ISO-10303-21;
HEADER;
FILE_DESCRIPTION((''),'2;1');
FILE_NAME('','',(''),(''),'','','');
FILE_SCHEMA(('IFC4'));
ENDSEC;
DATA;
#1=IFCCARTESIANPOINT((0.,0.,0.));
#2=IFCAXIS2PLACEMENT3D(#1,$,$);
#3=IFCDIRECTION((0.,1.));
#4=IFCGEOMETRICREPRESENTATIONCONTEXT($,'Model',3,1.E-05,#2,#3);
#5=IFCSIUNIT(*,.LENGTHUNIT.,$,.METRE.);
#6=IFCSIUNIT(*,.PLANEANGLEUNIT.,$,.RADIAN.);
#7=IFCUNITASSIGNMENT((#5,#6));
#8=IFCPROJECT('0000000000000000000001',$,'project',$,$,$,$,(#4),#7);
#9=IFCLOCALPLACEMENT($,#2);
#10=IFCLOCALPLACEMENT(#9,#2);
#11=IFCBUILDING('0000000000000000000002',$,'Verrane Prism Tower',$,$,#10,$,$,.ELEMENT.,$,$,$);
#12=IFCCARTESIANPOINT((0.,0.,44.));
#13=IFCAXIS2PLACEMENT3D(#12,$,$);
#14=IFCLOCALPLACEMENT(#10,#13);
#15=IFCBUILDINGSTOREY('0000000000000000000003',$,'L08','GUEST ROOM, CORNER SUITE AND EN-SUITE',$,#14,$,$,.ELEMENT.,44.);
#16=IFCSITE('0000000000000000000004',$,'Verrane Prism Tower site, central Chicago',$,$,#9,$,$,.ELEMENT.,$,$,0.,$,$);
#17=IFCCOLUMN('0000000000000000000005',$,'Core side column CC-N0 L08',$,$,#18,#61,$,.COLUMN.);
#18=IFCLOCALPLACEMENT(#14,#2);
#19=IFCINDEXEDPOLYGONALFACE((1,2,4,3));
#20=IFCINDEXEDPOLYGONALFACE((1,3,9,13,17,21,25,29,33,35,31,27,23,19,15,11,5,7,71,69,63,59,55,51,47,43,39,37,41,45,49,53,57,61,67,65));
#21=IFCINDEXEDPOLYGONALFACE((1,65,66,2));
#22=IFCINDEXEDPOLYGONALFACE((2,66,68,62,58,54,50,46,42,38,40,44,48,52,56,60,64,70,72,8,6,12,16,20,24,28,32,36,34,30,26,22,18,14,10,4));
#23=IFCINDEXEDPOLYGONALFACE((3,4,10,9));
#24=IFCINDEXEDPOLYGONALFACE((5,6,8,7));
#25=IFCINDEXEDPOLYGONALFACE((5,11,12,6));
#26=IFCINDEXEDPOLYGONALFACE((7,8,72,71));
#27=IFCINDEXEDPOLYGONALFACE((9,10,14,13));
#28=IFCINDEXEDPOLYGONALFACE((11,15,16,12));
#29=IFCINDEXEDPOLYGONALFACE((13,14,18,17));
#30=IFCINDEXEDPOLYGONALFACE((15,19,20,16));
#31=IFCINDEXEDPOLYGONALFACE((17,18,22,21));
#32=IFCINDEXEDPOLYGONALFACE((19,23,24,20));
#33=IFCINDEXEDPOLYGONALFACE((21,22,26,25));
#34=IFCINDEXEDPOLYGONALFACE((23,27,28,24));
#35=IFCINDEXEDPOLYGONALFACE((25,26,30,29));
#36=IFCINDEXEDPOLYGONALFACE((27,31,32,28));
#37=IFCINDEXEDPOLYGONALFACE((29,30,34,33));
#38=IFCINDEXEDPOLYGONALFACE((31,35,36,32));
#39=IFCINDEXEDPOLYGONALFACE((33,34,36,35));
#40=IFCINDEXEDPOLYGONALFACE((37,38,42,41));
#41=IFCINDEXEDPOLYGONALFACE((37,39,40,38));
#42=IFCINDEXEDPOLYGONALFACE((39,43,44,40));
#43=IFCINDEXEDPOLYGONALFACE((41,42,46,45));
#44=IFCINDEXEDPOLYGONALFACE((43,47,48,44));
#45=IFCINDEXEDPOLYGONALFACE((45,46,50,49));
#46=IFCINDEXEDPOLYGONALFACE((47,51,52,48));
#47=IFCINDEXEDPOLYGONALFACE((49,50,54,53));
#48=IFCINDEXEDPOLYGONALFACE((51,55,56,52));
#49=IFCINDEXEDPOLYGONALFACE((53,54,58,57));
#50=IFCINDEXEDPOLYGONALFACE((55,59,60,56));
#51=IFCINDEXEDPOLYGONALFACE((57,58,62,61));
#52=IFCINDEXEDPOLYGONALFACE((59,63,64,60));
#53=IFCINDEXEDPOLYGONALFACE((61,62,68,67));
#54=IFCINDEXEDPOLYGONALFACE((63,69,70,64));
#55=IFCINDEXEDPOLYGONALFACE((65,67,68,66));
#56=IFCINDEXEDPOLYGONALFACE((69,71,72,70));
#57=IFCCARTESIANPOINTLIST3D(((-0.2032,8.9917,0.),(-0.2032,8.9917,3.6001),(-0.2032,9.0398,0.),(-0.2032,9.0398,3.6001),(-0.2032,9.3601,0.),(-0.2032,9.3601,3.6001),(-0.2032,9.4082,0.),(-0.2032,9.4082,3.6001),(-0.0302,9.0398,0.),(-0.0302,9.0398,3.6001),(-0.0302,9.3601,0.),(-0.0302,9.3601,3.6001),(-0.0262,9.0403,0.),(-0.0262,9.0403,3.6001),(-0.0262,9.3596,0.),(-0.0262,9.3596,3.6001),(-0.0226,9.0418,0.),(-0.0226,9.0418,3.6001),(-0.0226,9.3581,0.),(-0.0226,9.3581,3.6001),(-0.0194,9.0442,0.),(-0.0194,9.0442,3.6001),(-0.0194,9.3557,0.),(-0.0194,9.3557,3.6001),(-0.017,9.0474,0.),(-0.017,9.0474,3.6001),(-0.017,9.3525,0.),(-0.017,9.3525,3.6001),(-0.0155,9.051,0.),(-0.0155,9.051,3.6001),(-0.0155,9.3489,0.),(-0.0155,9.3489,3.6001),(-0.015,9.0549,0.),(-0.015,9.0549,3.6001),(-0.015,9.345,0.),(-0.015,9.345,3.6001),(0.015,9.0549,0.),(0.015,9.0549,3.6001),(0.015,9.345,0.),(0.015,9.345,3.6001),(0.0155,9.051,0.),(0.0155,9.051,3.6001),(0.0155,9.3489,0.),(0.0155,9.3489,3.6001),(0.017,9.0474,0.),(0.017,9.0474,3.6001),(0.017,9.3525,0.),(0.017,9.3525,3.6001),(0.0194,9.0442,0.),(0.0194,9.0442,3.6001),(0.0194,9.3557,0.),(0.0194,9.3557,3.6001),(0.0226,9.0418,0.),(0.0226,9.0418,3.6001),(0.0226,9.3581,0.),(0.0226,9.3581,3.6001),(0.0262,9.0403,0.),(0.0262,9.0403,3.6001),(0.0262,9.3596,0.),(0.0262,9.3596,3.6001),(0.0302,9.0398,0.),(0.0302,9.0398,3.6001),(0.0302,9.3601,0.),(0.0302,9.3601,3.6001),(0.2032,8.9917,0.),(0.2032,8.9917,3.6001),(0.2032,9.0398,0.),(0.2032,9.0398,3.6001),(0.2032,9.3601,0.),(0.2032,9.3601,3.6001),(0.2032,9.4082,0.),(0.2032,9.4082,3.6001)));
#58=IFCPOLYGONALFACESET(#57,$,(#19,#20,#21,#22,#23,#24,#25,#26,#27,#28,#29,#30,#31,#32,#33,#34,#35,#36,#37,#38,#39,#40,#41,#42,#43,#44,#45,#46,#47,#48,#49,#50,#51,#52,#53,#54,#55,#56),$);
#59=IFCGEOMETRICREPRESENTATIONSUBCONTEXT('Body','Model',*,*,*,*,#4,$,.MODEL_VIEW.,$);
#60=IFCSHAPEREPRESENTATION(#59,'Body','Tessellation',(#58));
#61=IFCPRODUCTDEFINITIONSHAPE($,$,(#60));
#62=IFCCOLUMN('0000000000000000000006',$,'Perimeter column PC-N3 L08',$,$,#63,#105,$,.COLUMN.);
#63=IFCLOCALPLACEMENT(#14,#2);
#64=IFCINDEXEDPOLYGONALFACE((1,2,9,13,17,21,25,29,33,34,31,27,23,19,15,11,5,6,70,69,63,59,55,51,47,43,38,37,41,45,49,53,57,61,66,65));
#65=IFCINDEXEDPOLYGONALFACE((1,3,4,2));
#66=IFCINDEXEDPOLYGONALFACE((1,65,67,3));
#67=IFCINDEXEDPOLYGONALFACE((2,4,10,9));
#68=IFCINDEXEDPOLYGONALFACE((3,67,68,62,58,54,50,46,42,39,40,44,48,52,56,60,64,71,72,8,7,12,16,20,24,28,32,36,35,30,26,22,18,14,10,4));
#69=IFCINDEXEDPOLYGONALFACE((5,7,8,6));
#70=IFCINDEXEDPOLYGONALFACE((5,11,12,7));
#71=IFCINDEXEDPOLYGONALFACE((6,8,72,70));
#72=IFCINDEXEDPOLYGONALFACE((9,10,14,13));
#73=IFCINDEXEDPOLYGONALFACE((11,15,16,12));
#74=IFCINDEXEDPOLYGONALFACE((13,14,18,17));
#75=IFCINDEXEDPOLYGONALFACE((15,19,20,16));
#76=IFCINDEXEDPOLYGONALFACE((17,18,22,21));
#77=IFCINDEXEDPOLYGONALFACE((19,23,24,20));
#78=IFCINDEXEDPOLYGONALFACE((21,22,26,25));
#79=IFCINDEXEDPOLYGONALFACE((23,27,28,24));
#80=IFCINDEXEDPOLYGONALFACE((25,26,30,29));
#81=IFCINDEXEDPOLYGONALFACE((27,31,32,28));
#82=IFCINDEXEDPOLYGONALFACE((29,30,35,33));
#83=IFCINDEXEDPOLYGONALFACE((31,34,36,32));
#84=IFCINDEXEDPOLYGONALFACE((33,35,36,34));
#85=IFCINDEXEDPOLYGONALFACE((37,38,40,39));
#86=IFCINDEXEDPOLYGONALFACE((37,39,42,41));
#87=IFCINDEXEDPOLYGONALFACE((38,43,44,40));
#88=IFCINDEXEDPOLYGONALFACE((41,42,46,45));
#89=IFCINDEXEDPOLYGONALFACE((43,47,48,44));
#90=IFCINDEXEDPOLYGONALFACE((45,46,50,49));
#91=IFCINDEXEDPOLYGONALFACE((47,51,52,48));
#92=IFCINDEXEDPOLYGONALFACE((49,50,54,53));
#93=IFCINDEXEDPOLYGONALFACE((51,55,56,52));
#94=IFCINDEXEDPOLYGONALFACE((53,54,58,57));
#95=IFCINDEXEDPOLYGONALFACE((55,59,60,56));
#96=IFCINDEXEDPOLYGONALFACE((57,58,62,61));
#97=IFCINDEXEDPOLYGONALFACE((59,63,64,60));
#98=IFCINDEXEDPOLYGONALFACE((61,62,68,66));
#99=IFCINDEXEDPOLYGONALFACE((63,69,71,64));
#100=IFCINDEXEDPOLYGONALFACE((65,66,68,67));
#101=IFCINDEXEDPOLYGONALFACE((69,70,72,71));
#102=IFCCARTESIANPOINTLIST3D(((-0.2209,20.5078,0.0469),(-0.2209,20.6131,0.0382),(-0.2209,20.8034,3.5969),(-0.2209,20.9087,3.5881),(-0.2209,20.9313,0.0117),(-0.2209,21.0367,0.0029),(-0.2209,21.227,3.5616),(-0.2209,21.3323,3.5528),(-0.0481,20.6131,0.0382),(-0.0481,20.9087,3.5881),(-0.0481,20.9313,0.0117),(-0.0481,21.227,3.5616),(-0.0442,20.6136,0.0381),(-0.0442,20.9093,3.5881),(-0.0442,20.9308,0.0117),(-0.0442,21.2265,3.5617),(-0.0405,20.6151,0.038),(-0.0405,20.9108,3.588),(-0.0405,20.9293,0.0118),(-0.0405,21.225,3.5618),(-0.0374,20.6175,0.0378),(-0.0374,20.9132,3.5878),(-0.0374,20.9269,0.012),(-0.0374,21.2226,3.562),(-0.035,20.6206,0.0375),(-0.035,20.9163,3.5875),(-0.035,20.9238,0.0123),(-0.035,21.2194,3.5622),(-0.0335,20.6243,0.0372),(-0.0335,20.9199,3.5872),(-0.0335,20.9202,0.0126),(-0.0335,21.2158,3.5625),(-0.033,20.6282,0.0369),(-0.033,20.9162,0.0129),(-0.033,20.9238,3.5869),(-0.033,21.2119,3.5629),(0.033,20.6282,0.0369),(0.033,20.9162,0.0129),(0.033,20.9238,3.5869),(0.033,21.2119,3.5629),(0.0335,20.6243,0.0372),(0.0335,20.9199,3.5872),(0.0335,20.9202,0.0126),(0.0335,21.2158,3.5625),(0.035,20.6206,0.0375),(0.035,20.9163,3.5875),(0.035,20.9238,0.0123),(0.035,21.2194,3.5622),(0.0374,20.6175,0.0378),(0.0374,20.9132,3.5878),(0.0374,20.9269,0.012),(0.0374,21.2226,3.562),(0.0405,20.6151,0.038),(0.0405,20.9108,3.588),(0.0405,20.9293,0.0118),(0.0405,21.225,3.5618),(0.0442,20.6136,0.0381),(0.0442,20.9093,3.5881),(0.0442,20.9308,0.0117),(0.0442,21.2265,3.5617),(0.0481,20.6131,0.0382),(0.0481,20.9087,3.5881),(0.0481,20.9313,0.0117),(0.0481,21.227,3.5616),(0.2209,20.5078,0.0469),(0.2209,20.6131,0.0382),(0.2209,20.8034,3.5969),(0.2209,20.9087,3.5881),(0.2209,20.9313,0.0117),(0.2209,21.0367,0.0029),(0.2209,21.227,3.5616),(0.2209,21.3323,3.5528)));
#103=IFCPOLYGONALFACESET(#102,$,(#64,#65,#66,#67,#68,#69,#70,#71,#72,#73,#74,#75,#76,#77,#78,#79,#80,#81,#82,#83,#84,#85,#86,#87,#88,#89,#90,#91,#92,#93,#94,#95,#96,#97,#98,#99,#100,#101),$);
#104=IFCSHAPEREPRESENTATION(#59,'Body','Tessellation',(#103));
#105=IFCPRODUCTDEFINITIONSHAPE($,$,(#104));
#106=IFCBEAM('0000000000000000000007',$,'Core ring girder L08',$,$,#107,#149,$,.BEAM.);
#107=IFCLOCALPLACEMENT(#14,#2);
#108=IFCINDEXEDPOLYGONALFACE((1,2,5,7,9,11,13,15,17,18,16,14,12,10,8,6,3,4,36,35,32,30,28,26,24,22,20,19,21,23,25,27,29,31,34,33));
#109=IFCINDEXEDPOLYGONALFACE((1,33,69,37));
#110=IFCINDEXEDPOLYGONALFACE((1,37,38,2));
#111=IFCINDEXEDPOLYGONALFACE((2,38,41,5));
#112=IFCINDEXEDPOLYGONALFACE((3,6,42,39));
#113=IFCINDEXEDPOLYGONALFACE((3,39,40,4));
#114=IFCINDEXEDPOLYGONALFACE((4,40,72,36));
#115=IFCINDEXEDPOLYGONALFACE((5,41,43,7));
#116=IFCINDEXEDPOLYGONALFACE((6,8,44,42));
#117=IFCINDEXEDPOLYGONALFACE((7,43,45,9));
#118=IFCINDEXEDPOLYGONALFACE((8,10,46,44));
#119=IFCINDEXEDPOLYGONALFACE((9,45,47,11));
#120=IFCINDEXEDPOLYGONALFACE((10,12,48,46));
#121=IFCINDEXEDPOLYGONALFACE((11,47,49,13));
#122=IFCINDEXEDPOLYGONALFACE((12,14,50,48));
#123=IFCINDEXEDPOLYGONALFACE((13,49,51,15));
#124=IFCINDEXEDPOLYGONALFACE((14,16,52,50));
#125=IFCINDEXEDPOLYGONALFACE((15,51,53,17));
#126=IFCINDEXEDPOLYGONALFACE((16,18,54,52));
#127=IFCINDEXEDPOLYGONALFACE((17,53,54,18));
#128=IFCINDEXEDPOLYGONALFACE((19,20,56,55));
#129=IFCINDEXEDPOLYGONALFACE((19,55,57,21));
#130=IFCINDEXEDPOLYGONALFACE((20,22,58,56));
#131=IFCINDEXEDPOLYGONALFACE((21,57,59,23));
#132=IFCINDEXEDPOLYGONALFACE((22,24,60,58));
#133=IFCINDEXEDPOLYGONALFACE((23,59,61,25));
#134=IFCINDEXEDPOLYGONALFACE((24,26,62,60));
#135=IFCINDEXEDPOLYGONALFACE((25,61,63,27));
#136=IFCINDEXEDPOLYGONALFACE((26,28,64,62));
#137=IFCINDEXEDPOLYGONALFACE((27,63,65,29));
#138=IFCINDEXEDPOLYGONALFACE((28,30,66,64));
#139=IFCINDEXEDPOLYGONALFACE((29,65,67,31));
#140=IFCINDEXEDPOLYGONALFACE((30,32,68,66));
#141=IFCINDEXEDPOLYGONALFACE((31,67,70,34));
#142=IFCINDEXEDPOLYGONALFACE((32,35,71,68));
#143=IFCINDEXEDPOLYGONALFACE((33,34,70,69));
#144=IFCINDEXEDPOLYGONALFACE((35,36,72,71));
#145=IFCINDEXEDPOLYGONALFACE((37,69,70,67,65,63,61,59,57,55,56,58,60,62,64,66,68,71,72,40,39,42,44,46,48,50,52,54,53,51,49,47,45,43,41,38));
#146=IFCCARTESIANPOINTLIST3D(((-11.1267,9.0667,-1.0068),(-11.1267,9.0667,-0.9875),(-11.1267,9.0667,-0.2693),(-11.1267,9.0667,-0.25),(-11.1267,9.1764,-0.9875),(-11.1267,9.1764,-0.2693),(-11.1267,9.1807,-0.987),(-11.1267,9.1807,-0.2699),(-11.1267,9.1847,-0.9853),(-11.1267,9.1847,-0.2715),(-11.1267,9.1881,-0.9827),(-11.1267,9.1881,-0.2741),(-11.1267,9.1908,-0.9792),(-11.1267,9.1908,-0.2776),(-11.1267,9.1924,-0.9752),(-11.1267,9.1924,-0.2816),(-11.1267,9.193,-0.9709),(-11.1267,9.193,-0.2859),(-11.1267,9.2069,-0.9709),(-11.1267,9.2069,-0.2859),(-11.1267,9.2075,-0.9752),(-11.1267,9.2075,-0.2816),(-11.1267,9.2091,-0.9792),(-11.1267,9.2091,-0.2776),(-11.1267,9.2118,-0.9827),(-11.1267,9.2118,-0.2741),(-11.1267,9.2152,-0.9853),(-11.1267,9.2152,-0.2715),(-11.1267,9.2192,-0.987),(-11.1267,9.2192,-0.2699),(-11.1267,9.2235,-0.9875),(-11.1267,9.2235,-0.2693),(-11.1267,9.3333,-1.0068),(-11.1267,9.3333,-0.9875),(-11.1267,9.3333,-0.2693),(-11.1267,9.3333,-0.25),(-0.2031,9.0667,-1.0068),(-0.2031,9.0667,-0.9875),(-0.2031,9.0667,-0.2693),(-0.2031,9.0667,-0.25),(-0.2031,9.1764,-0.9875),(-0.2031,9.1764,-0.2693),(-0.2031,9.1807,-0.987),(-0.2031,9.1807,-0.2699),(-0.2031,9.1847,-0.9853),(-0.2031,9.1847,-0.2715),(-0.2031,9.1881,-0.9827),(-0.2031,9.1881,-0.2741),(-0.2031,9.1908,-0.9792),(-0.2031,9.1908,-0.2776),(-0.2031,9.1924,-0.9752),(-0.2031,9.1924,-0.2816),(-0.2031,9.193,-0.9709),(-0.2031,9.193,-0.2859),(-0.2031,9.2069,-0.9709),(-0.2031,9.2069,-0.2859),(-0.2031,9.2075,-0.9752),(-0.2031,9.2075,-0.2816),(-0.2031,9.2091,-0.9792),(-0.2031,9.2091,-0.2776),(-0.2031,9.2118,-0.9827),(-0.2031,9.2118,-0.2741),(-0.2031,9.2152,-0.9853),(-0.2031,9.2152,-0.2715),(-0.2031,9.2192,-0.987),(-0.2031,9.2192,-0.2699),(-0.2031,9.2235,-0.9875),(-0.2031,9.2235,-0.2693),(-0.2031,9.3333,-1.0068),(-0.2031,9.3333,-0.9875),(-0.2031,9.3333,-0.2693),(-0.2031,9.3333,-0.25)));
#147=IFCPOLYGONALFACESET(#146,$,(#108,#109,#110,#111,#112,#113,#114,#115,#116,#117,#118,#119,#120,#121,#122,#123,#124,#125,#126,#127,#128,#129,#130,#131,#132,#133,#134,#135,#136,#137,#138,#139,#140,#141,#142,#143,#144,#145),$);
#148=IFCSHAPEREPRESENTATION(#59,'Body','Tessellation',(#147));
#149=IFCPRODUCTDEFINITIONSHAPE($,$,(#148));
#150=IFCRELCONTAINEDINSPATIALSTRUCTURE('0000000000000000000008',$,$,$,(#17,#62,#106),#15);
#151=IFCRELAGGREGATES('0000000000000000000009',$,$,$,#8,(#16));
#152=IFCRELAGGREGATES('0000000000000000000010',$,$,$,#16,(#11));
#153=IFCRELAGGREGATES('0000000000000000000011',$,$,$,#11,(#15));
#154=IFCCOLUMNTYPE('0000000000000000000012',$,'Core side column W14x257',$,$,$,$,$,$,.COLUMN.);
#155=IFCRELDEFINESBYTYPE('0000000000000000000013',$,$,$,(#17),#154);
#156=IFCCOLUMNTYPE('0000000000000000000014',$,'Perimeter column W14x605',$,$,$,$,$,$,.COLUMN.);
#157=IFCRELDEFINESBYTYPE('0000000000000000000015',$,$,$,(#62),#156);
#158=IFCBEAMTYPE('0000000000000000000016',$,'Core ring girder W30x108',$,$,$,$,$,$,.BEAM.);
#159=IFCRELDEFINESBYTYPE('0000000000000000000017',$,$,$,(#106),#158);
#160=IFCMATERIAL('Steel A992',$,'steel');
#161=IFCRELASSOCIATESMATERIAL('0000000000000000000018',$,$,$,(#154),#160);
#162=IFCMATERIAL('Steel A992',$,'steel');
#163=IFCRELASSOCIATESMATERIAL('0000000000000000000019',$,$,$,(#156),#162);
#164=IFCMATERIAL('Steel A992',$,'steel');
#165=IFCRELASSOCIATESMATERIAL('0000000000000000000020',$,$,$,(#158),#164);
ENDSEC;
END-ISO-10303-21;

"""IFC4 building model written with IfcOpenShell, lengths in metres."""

from ifc_helpers import new_model, si_unit, direction, frame, origin, origin_2d, place, context, subcontext, project, spatial, i_section, extrude, material, material_profile, profile_set, type_object, element, save


model = new_model("IFC4")

# Units and contexts
model_context = context("Model", 3, precision=1e-05, world=origin(), true_north=direction((0.0, 1.0)))
body_context = subcontext(model_context, "Body", "Model", "MODEL_VIEW")
ifc_project = project(units=[si_unit("LENGTHUNIT", "METRE"), si_unit("PLANEANGLEUNIT", "RADIAN")], contexts=[model_context])

# Site, building, storey
site_placement = place(None, origin())
site = spatial("IfcSite", under=ifc_project, at=site_placement, Name="Verrane Prism Tower site, central Chicago", CompositionType="ELEMENT", RefElevation=0.0)
building_placement = place(site_placement, origin())
building = spatial("IfcBuilding", under=site, at=building_placement, Name="Verrane Prism Tower", CompositionType="ELEMENT")
storey_placement = place(building_placement, frame((0.0, 0.0, 44.0)))
storey = spatial("IfcBuildingStorey", under=building, at=storey_placement, Name="L08", Description="GUEST ROOM, CORNER SUITE AND EN-SUITE", CompositionType="ELEMENT", Elevation=44.0)

# Columns
ifc_material_1 = material(Name="Steel A992", Category="steel")
ifc_material_profile_1 = material_profile(ifc_material_1, i_section(OverallWidth=0.4065, OverallDepth=0.4165, WebThickness=0.03, FlangeThickness=0.0481, FilletRadius=0.0151, at=origin_2d()), Name="W14x257")
ifc_profile_set_1 = profile_set([ifc_material_profile_1], Name="Steel A992")
column_type_1 = type_object("IfcColumnType", Name="Core side column W14x257", PredefinedType="COLUMN", material=ifc_profile_set_1)
column_1_placement = place(storey_placement, frame((0.0, 9.2, 0.0), z_axis=(0.0, 0.0, 1.0), x_axis=(1.0, 0.0, 0.0)))
element("IfcColumn", 1, at=column_1_placement, inside=storey, type_object=column_type_1, Name="Core side column CC-N0 L08", PredefinedType="COLUMN", context=body_context, shape_type="SweptSolid", body=[
    extrude(i_section(OverallWidth=0.4065, OverallDepth=0.4165, WebThickness=0.03, FlangeThickness=0.0481, FilletRadius=0.0151, at=origin_2d()), origin(), (0.0, 0.0, 1.0), 3.6001),
])
ifc_material_2 = material(Name="Steel A992", Category="steel")
ifc_material_profile_2 = material_profile(ifc_material_2, i_section(OverallWidth=0.4419, OverallDepth=0.5308, WebThickness=0.0659, FlangeThickness=0.1057, FilletRadius=0.0151, at=origin_2d()), Name="W14x605")
ifc_profile_set_2 = profile_set([ifc_material_profile_2], Name="Steel A992")
column_type_2 = type_object("IfcColumnType", Name="Perimeter column W14x605", PredefinedType="COLUMN", material=ifc_profile_set_2)
column_2_placement = place(storey_placement, frame((0.0, 20.7722, 0.0249), z_axis=(0.0, 0.082994, 0.99655), x_axis=(1.0, 0.0, 0.0)))
element("IfcColumn", 2, at=column_2_placement, inside=storey, type_object=column_type_2, Name="Perimeter column PC-N3 L08", PredefinedType="COLUMN", context=body_context, shape_type="SweptSolid", body=[
    extrude(i_section(OverallWidth=0.4419, OverallDepth=0.5308, WebThickness=0.0659, FlangeThickness=0.1057, FilletRadius=0.0151, at=origin_2d()), origin(), (0.0, 0.0, 1.0), 3.5623),
])

# Beam
ifc_material_3 = material(Name="Steel A992", Category="steel")
ifc_material_profile_3 = material_profile(ifc_material_3, i_section(OverallWidth=0.2666, OverallDepth=0.7568, WebThickness=0.0139, FlangeThickness=0.0193, FilletRadius=0.0166, at=origin_2d()), Name="W30x108")
ifc_profile_set_3 = profile_set([ifc_material_profile_3], Name="Steel A992")
beam_type_1 = type_object("IfcBeamType", Name="Core ring girder W30x108", PredefinedType="BEAM", material=ifc_profile_set_3)
beam_1_placement = place(storey_placement, frame((-0.2031, 9.2, -0.6284), z_axis=(-1.0, 0.0, 0.0), x_axis=(0.0, -1.0, 0.0)))
element("IfcBeam", 3, at=beam_1_placement, inside=storey, type_object=beam_type_1, Name="Core ring girder L08", PredefinedType="BEAM", context=body_context, shape_type="SweptSolid", body=[
    extrude(i_section(OverallWidth=0.2666, OverallDepth=0.7568, WebThickness=0.0139, FlangeThickness=0.0193, FilletRadius=0.0166, at=origin_2d()), origin(), (0.0, 0.0, 1.0), 10.9236),
])

save(model, "model.ifc")
